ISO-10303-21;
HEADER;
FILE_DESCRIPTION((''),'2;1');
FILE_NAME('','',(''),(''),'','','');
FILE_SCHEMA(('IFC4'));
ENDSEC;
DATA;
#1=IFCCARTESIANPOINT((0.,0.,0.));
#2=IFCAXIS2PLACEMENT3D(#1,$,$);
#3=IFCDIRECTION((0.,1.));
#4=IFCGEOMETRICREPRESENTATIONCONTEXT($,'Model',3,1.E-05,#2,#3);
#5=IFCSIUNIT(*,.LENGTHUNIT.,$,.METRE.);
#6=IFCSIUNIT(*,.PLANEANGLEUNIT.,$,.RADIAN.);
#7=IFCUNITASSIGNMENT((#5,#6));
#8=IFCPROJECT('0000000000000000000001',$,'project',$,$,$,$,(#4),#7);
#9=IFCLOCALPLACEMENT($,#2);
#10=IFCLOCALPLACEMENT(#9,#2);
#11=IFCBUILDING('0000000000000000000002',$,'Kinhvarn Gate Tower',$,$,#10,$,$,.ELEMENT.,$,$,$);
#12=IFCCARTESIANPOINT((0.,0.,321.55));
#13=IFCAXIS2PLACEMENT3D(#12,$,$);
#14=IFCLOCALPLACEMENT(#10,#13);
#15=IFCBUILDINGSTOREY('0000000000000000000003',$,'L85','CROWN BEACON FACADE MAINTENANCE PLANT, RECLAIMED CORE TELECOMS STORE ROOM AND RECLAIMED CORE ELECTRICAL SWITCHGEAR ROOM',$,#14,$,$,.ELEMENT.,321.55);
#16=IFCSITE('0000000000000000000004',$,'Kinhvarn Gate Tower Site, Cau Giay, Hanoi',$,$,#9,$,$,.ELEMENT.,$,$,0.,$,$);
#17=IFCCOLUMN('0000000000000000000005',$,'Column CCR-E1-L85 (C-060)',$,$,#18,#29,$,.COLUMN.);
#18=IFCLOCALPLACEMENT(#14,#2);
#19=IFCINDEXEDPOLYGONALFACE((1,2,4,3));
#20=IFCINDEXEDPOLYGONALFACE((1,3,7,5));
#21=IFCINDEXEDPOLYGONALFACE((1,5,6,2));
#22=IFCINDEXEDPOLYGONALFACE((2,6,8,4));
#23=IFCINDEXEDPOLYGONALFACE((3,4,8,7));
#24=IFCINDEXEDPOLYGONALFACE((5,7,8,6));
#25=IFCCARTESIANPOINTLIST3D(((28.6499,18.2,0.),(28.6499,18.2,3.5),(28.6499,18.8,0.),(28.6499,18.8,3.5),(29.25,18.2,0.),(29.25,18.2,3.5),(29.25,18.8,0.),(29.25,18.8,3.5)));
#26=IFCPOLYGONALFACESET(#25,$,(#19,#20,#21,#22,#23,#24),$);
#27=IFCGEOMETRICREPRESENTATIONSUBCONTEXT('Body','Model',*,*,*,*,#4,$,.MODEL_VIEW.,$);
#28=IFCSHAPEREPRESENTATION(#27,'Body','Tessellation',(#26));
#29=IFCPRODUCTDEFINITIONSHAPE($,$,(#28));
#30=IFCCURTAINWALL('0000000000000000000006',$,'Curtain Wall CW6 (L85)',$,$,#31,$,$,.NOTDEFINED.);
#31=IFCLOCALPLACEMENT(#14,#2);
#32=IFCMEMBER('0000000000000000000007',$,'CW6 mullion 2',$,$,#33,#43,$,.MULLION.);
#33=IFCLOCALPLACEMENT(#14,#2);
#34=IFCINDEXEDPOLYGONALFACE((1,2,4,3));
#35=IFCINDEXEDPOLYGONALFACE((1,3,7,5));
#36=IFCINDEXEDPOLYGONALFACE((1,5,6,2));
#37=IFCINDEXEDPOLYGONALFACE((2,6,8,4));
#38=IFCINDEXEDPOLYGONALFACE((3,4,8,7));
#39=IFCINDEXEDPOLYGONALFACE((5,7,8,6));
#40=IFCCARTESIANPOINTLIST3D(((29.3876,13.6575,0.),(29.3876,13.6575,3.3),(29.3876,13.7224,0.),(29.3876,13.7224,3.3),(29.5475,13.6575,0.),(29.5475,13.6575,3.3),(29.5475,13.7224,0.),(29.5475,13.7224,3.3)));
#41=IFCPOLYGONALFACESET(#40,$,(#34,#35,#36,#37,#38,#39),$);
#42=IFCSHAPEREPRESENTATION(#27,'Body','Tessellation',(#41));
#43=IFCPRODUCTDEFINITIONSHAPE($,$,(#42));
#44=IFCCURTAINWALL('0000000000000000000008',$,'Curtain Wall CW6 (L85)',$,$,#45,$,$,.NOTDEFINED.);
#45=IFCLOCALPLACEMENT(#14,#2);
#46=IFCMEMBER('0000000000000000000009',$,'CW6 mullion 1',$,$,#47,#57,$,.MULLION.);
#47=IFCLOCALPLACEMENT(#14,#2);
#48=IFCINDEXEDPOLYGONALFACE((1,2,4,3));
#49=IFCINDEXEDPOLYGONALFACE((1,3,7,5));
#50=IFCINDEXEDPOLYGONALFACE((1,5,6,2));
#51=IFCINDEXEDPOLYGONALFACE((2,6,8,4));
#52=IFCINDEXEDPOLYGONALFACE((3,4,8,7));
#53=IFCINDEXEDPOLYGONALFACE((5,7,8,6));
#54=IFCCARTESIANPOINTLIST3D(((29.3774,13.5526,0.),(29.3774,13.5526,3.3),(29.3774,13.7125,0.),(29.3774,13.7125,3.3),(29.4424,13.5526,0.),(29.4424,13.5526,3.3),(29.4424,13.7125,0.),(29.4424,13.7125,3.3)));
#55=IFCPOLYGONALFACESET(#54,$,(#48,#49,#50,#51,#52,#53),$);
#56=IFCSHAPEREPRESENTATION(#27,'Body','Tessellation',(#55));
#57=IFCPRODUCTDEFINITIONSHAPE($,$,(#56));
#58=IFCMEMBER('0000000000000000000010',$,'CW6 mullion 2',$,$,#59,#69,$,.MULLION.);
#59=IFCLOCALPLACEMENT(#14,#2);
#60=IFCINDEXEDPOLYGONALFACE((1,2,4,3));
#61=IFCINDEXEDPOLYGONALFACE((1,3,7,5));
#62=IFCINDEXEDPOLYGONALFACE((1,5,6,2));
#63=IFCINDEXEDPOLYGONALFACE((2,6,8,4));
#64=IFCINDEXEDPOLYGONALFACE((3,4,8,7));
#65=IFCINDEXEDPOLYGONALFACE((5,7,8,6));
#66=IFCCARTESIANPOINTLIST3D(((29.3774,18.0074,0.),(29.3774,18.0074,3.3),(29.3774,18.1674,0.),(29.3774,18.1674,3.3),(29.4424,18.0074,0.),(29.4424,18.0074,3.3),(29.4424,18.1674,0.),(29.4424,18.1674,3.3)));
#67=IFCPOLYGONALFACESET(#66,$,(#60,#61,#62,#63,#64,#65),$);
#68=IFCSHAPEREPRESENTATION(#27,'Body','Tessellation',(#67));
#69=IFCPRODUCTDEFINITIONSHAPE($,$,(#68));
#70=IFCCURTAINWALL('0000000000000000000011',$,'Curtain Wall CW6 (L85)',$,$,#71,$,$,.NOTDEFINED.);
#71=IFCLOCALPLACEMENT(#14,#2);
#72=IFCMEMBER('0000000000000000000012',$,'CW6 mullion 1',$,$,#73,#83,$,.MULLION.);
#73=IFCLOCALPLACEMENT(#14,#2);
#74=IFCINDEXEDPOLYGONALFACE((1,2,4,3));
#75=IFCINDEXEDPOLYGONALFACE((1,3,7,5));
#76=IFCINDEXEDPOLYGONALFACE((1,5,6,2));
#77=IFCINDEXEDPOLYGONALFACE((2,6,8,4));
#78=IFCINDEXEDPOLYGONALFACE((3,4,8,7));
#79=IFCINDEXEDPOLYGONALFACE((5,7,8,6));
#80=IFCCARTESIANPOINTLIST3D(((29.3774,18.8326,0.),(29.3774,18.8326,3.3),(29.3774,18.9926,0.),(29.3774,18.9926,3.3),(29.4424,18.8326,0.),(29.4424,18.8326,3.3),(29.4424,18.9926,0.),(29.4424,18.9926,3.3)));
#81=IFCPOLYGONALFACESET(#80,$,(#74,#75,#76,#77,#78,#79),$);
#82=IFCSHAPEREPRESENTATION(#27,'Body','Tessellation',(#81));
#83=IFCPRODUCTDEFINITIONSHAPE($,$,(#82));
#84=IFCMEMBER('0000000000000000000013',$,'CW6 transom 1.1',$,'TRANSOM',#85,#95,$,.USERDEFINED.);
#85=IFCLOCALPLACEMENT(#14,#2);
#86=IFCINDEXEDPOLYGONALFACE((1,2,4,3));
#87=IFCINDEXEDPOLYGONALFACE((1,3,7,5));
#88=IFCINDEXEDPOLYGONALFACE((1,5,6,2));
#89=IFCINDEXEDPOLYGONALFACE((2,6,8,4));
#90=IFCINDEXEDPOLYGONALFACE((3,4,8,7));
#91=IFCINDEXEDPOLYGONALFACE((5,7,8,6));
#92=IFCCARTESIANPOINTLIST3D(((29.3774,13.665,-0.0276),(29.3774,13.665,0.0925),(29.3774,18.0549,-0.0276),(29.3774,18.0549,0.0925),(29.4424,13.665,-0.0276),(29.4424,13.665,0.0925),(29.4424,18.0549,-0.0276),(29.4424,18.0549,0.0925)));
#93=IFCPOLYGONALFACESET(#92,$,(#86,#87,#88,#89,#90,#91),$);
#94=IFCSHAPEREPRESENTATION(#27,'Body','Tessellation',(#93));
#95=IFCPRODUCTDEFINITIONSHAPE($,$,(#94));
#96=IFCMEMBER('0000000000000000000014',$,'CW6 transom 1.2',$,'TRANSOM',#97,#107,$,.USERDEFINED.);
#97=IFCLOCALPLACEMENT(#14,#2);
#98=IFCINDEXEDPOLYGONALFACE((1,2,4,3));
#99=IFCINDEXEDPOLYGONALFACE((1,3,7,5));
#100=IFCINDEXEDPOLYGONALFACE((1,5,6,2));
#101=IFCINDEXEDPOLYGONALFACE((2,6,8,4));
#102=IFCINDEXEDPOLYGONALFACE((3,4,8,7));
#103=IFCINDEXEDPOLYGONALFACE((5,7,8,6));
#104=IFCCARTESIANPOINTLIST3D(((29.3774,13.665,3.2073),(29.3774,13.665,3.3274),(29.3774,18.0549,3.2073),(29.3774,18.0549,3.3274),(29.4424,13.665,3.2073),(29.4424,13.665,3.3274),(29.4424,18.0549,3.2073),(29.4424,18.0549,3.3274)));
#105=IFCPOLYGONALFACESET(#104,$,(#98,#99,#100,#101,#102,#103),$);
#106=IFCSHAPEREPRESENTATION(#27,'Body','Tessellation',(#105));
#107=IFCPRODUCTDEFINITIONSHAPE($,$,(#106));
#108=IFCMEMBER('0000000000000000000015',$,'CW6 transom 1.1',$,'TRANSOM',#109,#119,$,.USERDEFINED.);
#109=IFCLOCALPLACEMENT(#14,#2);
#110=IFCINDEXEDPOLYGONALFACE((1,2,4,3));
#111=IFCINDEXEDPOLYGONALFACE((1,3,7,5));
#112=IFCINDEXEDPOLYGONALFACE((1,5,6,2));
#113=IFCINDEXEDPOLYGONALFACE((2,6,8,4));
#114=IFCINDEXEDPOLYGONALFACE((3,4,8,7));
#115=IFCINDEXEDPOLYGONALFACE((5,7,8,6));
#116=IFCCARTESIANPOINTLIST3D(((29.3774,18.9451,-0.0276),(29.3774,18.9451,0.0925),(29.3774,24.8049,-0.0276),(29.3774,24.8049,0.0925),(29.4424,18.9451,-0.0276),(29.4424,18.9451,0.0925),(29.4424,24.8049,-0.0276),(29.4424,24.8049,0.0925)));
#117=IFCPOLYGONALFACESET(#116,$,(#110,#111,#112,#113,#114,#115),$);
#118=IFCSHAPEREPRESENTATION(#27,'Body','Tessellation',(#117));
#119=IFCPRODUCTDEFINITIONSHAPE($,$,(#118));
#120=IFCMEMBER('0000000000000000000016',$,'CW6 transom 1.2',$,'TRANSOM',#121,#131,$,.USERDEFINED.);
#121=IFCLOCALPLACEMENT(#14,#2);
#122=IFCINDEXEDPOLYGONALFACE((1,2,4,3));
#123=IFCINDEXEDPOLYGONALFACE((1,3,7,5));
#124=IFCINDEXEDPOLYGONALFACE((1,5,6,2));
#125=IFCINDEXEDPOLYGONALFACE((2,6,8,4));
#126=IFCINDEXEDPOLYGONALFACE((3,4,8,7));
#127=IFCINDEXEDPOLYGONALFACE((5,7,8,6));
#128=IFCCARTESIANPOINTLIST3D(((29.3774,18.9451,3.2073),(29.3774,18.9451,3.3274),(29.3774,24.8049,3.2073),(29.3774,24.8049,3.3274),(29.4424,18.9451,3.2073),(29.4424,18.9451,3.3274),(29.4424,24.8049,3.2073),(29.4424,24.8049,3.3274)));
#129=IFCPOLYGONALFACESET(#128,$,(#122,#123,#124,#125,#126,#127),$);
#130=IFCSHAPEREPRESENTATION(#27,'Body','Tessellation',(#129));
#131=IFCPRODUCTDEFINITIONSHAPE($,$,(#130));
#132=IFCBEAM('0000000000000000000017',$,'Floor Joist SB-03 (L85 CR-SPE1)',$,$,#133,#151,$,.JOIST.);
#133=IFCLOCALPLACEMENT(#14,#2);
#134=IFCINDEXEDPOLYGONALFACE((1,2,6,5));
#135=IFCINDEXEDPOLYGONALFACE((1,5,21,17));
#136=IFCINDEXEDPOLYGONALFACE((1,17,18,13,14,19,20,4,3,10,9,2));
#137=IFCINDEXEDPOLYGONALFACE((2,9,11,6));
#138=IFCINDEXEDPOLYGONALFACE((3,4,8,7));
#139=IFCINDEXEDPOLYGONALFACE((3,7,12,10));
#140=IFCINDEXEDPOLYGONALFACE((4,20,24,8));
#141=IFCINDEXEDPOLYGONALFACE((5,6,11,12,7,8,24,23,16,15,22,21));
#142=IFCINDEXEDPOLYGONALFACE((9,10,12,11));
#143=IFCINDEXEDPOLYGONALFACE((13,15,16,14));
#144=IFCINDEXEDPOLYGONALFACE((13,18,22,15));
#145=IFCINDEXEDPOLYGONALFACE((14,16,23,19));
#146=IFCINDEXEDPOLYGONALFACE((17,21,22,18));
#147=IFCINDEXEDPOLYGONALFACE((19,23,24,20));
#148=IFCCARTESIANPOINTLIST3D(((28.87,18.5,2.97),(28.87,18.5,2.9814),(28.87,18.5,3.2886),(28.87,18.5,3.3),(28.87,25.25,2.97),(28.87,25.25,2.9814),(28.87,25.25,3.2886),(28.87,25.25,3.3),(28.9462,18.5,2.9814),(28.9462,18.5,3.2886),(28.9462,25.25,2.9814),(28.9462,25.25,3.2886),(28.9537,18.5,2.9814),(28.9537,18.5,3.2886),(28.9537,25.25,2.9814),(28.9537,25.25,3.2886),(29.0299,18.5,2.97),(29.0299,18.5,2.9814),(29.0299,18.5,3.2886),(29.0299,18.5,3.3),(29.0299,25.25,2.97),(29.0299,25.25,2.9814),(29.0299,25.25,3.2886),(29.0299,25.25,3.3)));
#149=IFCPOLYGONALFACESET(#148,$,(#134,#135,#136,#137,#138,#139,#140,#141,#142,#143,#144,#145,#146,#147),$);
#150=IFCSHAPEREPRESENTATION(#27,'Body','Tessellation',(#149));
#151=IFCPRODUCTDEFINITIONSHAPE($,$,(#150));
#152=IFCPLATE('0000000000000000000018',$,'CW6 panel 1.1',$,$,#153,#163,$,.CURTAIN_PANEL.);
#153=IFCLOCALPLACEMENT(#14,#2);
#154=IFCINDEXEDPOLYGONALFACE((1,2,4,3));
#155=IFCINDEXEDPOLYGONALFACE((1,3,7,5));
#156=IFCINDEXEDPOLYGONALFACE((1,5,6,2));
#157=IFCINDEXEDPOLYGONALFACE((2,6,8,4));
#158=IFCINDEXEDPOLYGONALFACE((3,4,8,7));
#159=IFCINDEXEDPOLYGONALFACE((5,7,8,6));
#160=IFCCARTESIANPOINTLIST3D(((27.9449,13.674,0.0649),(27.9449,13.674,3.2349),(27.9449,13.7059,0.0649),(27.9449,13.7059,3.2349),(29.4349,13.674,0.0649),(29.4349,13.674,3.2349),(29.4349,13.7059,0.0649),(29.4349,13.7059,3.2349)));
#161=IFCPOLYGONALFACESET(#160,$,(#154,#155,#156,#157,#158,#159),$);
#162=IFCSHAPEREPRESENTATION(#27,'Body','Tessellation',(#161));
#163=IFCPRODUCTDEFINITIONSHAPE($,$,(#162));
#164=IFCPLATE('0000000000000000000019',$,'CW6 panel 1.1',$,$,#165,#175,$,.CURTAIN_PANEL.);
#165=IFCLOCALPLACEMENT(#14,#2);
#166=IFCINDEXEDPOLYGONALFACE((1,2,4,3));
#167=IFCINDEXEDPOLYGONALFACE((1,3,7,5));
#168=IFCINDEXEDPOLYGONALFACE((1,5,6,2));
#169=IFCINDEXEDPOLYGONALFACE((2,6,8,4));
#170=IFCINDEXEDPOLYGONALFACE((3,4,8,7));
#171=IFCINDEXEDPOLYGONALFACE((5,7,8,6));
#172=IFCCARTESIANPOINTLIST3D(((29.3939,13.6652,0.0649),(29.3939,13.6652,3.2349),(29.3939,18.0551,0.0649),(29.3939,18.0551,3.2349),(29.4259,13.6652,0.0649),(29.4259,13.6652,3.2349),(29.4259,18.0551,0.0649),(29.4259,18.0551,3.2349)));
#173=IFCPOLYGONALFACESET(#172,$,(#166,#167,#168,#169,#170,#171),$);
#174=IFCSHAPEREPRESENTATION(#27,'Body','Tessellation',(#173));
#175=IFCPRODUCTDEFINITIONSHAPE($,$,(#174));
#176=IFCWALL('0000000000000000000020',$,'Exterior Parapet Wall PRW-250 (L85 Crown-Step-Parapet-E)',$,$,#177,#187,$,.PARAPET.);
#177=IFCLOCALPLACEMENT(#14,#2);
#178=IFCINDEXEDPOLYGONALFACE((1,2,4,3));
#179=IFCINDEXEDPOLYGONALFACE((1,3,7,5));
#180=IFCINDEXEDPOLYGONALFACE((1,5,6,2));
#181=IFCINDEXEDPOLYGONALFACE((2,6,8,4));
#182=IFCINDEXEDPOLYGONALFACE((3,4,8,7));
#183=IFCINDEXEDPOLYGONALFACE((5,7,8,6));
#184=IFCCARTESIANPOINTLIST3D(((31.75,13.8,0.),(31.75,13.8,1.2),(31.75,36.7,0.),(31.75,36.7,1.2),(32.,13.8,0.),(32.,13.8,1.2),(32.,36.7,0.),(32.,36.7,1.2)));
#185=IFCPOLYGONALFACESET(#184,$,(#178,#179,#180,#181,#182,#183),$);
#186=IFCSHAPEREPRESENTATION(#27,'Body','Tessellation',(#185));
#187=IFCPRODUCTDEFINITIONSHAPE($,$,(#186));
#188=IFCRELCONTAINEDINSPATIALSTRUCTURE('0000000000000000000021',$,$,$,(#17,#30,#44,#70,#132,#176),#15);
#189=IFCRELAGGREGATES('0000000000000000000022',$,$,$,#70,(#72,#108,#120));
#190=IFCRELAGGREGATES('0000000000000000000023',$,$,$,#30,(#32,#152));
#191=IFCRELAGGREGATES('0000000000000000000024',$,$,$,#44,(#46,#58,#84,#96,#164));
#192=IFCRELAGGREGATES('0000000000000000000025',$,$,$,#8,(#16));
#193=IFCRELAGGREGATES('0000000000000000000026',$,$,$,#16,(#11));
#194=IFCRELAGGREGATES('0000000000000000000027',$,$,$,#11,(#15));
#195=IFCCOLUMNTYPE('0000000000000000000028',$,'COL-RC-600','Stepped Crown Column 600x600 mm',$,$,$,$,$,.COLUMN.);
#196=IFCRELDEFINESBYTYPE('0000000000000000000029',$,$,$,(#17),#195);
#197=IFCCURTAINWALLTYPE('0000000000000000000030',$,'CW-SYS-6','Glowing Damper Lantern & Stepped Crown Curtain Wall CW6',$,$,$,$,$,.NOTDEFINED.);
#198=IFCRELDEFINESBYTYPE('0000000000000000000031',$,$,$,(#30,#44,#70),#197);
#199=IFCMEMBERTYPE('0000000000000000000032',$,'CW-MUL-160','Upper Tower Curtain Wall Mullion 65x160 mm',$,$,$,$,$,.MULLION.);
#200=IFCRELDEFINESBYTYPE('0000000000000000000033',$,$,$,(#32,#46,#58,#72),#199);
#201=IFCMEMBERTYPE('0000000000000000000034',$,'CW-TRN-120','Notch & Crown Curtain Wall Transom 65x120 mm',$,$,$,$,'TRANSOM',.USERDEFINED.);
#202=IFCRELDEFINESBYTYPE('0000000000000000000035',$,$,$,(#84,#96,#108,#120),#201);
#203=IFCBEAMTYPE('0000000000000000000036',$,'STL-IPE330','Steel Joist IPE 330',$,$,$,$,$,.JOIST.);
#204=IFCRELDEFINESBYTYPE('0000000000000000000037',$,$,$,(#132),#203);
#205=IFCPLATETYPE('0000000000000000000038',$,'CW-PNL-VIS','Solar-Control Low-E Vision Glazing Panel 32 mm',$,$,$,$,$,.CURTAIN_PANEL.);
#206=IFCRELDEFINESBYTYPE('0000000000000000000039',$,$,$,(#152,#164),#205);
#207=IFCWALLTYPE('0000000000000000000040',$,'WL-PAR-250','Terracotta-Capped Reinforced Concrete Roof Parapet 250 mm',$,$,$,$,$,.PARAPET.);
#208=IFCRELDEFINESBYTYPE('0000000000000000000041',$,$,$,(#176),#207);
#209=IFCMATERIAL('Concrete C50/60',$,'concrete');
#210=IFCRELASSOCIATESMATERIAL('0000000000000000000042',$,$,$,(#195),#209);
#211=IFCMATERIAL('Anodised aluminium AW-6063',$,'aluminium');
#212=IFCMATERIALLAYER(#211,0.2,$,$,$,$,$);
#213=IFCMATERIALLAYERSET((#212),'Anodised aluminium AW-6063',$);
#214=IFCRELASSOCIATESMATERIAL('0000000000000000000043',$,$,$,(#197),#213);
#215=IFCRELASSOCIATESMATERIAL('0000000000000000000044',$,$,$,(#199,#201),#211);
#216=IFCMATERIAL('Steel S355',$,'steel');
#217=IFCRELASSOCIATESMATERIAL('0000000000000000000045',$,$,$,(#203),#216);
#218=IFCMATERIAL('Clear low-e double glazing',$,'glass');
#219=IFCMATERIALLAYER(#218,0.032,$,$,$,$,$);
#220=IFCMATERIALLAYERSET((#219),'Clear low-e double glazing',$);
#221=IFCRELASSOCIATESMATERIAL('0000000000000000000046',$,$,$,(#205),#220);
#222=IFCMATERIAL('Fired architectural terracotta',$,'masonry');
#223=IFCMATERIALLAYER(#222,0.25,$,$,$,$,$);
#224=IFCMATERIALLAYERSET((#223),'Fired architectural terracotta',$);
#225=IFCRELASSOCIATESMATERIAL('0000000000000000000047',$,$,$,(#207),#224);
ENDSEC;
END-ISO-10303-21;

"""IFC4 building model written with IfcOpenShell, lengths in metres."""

from ifc_helpers import new_model, si_unit, direction, frame, frame_2d, origin, origin_2d, place, context, subcontext, project, spatial, rectangle, i_section, extrude, material, layer, layer_set, material_profile, profile_set, type_object, element, aggregate, save


model = new_model("IFC4")

# Units and contexts
model_context = context("Model", 3, precision=1e-05, world=origin(), true_north=direction((0.0, 1.0)))
body_context = subcontext(model_context, "Body", "Model", "MODEL_VIEW")
ifc_project = project(units=[si_unit("LENGTHUNIT", "METRE"), si_unit("PLANEANGLEUNIT", "RADIAN")], contexts=[model_context])

# Site, building, storey
site_placement = place(None, origin())
site = spatial("IfcSite", under=ifc_project, at=site_placement, Name="Kinhvarn Gate Tower Site, Cau Giay, Hanoi", CompositionType="ELEMENT", RefElevation=0.0)
building_placement = place(site_placement, origin())
building = spatial("IfcBuilding", under=site, at=building_placement, Name="Kinhvarn Gate Tower", CompositionType="ELEMENT")
storey_placement = place(building_placement, frame((0.0, 0.0, 321.55)))
storey = spatial("IfcBuildingStorey", under=building, at=storey_placement, Name="L85", Description="CROWN BEACON FACADE MAINTENANCE PLANT, RECLAIMED CORE TELECOMS STORE ROOM AND RECLAIMED CORE ELECTRICAL SWITCHGEAR ROOM", CompositionType="ELEMENT", Elevation=321.55)

# Column
ifc_material_1 = material(Name="Concrete C50/60", Category="concrete")
ifc_material_profile_1 = material_profile(ifc_material_1, rectangle(XDim=0.6001, YDim=0.6001, at=origin_2d()), Name="RC 600x600")
ifc_profile_set_1 = profile_set([ifc_material_profile_1], Name="Concrete C50/60")
column_type = type_object("IfcColumnType", Name="COL-RC-600", Description="Stepped Crown Column 600x600 mm", PredefinedType="COLUMN", material=ifc_profile_set_1)
column_placement = place(storey_placement, frame((28.95, 18.5, 0.0), z_axis=(0.0, 0.0, 1.0), x_axis=(1.0, 0.0, 0.0)))
element("IfcColumn", 1, at=column_placement, inside=storey, type_object=column_type, Name="Column CCR-E1-L85 (C-060)", PredefinedType="COLUMN", context=body_context, shape_type="SweptSolid", body=[
    extrude(rectangle(XDim=0.6001, YDim=0.6001, at=origin_2d()), origin(), (0.0, 0.0, 1.0), 3.5),
])

# Curtain wall, member
ifc_material_2 = material(Name="Anodised aluminium AW-6063", Category="aluminium")
ifc_layer_1 = layer(ifc_material_2, 0.2)
ifc_layer_set_1 = layer_set([ifc_layer_1], Name="Anodised aluminium AW-6063")
curtain_wall_type = type_object("IfcCurtainWallType", Name="CW-SYS-6", Description="Glowing Damper Lantern & Stepped Crown Curtain Wall CW6", PredefinedType="NOTDEFINED", material=ifc_layer_set_1)
curtain_wall_1_placement = place(storey_placement, origin())
curtain_wall_1 = element("IfcCurtainWall", 2, at=curtain_wall_1_placement, inside=storey, type_object=curtain_wall_type, Name="Curtain Wall CW6 (L85)", PredefinedType="NOTDEFINED")
ifc_material_profile_2 = material_profile(ifc_material_2, rectangle(XDim=0.0649, YDim=0.1599, at=origin_2d()), Name="ALU 65x160")
ifc_profile_set_2 = profile_set([ifc_material_profile_2], Name="Anodised aluminium AW-6063")
member_type_1 = type_object("IfcMemberType", Name="CW-MUL-160", Description="Upper Tower Curtain Wall Mullion 65x160 mm", PredefinedType="MULLION", material=ifc_profile_set_2)
member_1_placement = place(storey_placement, frame((29.4675, 13.6899, 0.0), z_axis=(0.0, 0.0, 1.0), x_axis=(0.0, 1.0, 0.0)))
member_1 = element("IfcMember", 3, at=member_1_placement, type_object=member_type_1, Name="CW6 mullion 2", PredefinedType="MULLION", context=body_context, shape_type="SweptSolid", body=[
    extrude(rectangle(XDim=0.0649, YDim=0.1599, at=origin_2d()), origin(), (0.0, 0.0, 1.0), 3.3),
])

# Curtain wall, members
curtain_wall_2_placement = place(storey_placement, origin())
curtain_wall_2 = element("IfcCurtainWall", 4, at=curtain_wall_2_placement, inside=storey, type_object=curtain_wall_type, Name="Curtain Wall CW6 (L85)", PredefinedType="NOTDEFINED")
member_2_placement = place(storey_placement, frame((29.4099, 13.6326, 0.0), z_axis=(0.0, 0.0, 1.0), x_axis=(-1.0, 0.0, 0.0)))
member_2 = element("IfcMember", 5, at=member_2_placement, type_object=member_type_1, Name="CW6 mullion 1", PredefinedType="MULLION", context=body_context, shape_type="SweptSolid", body=[
    extrude(rectangle(XDim=0.0649, YDim=0.1599, at=origin_2d()), origin(), (0.0, 0.0, 1.0), 3.3),
])
member_3_placement = place(storey_placement, frame((29.4099, 18.0874, 0.0), z_axis=(0.0, 0.0, 1.0), x_axis=(-1.0, 0.0, 0.0)))
member_3 = element("IfcMember", 6, at=member_3_placement, type_object=member_type_1, Name="CW6 mullion 2", PredefinedType="MULLION", context=body_context, shape_type="SweptSolid", body=[
    extrude(rectangle(XDim=0.0649, YDim=0.1599, at=origin_2d()), origin(), (0.0, 0.0, 1.0), 3.3),
])

# Curtain wall, member
curtain_wall_3_placement = place(storey_placement, origin())
curtain_wall_3 = element("IfcCurtainWall", 7, at=curtain_wall_3_placement, inside=storey, type_object=curtain_wall_type, Name="Curtain Wall CW6 (L85)", PredefinedType="NOTDEFINED")
member_4_placement = place(storey_placement, frame((29.4099, 18.9126, 0.0), z_axis=(0.0, 0.0, 1.0), x_axis=(-1.0, 0.0, 0.0)))
member_4 = element("IfcMember", 8, at=member_4_placement, type_object=member_type_1, Name="CW6 mullion 1", PredefinedType="MULLION", context=body_context, shape_type="SweptSolid", body=[
    extrude(rectangle(XDim=0.0649, YDim=0.1599, at=origin_2d()), origin(), (0.0, 0.0, 1.0), 3.3),
])

# Members
ifc_material_profile_3 = material_profile(ifc_material_2, rectangle(XDim=0.0649, YDim=0.1201, at=origin_2d()), Name="ALU 65x120")
ifc_profile_set_3 = profile_set([ifc_material_profile_3], Name="Anodised aluminium AW-6063")
member_type_2 = type_object("IfcMemberType", Name="CW-TRN-120", Description="Notch & Crown Curtain Wall Transom 65x120 mm", ElementType="TRANSOM", PredefinedType="USERDEFINED", material=ifc_profile_set_3)
member_5_placement = place(storey_placement, frame((29.4099, 13.665, 0.0325), z_axis=(0.0, 1.0, 0.0), x_axis=(-1.0, 0.0, 0.0)))
member_5 = element("IfcMember", 9, at=member_5_placement, type_object=member_type_2, Name="CW6 transom 1.1", ObjectType="TRANSOM", PredefinedType="USERDEFINED", context=body_context, shape_type="SweptSolid", body=[
    extrude(rectangle(XDim=0.0649, YDim=0.1201, at=origin_2d()), origin(), (0.0, 0.0, 1.0), 4.3899),
])
member_6_placement = place(storey_placement, frame((29.4099, 13.665, 3.2673), z_axis=(0.0, 1.0, 0.0), x_axis=(-1.0, 0.0, 0.0)))
member_6 = element("IfcMember", 10, at=member_6_placement, type_object=member_type_2, Name="CW6 transom 1.2", ObjectType="TRANSOM", PredefinedType="USERDEFINED", context=body_context, shape_type="SweptSolid", body=[
    extrude(rectangle(XDim=0.0649, YDim=0.1201, at=origin_2d()), origin(), (0.0, 0.0, 1.0), 4.3899),
])
member_7_placement = place(storey_placement, frame((29.4099, 18.9451, 0.0325), z_axis=(0.0, 1.0, 0.0), x_axis=(-1.0, 0.0, 0.0)))
member_7 = element("IfcMember", 11, at=member_7_placement, type_object=member_type_2, Name="CW6 transom 1.1", ObjectType="TRANSOM", PredefinedType="USERDEFINED", context=body_context, shape_type="SweptSolid", body=[
    extrude(rectangle(XDim=0.0649, YDim=0.1201, at=origin_2d()), origin(), (0.0, 0.0, 1.0), 5.8599),
])
member_8_placement = place(storey_placement, frame((29.4099, 18.9451, 3.2673), z_axis=(0.0, 1.0, 0.0), x_axis=(-1.0, 0.0, 0.0)))
member_8 = element("IfcMember", 12, at=member_8_placement, type_object=member_type_2, Name="CW6 transom 1.2", ObjectType="TRANSOM", PredefinedType="USERDEFINED", context=body_context, shape_type="SweptSolid", body=[
    extrude(rectangle(XDim=0.0649, YDim=0.1201, at=origin_2d()), origin(), (0.0, 0.0, 1.0), 5.8599),
])
aggregate(curtain_wall_3, [member_4, member_7, member_8])

# Beam
ifc_material_3 = material(Name="Steel S355", Category="steel")
ifc_material_profile_4 = material_profile(ifc_material_3, i_section(OverallWidth=0.1599, OverallDepth=0.3301, WebThickness=0.0076, FlangeThickness=0.0115, at=origin_2d()), Name="IPE 330")
ifc_profile_set_4 = profile_set([ifc_material_profile_4], Name="Steel S355")
beam_type = type_object("IfcBeamType", Name="STL-IPE330", Description="Steel Joist IPE 330", PredefinedType="JOIST", material=ifc_profile_set_4)
beam_placement = place(storey_placement, frame((28.95, 18.5, 3.135), z_axis=(0.0, 1.0, 0.0), x_axis=(-1.0, 0.0, 0.0)))
element("IfcBeam", 13, at=beam_placement, inside=storey, type_object=beam_type, Name="Floor Joist SB-03 (L85 CR-SPE1)", PredefinedType="JOIST", context=body_context, shape_type="SweptSolid", body=[
    extrude(i_section(OverallWidth=0.1599, OverallDepth=0.3301, WebThickness=0.0076, FlangeThickness=0.0115, at=origin_2d()), origin(), (0.0, 0.0, 1.0), 6.75),
])

# Plates
ifc_material_4 = material(Name="Clear low-e double glazing", Category="glass")
ifc_layer_2 = layer(ifc_material_4, 0.032)
ifc_layer_set_2 = layer_set([ifc_layer_2], Name="Clear low-e double glazing")
plate_type = type_object("IfcPlateType", Name="CW-PNL-VIS", Description="Solar-Control Low-E Vision Glazing Panel 32 mm", PredefinedType="CURTAIN_PANEL", material=ifc_layer_set_2)
plate_1_placement = place(storey_placement, frame((28.6899, 13.6899, 0.0649), z_axis=(0.0, 0.0, 1.0), x_axis=(1.0, 0.0, 0.0)))
plate_1 = element("IfcPlate", 14, at=plate_1_placement, type_object=plate_type, Name="CW6 panel 1.1", PredefinedType="CURTAIN_PANEL", context=body_context, shape_type="SweptSolid", body=[
    extrude(rectangle(XDim=1.49, YDim=0.032, at=origin_2d()), origin(), (0.0, 0.0, 1.0), 3.1699),
])
aggregate(curtain_wall_1, [member_1, plate_1])
plate_2_placement = place(storey_placement, frame((29.4099, 15.8601, 0.0649), z_axis=(0.0, 0.0, 1.0), x_axis=(0.0, 1.0, 0.0)))
plate_2 = element("IfcPlate", 15, at=plate_2_placement, type_object=plate_type, Name="CW6 panel 1.1", PredefinedType="CURTAIN_PANEL", context=body_context, shape_type="SweptSolid", body=[
    extrude(rectangle(XDim=4.3899, YDim=0.032, at=origin_2d()), origin(), (0.0, 0.0, 1.0), 3.1699),
])
aggregate(curtain_wall_2, [member_2, member_3, member_5, member_6, plate_2])

# Wall
ifc_material_5 = material(Name="Fired architectural terracotta", Category="masonry")
ifc_layer_3 = layer(ifc_material_5, 0.25)
ifc_layer_set_3 = layer_set([ifc_layer_3], Name="Fired architectural terracotta")
wall_type = type_object("IfcWallType", Name="WL-PAR-250", Description="Terracotta-Capped Reinforced Concrete Roof Parapet 250 mm", PredefinedType="PARAPET", material=ifc_layer_set_3)
wall_1_placement = place(storey_placement, frame((31.875, 13.8, 0.0), z_axis=(0.0, 0.0, 1.0), x_axis=(0.0, 1.0, 0.0)))
element("IfcWall", 16, at=wall_1_placement, inside=storey, type_object=wall_type, Name="Exterior Parapet Wall PRW-250 (L85 Crown-Step-Parapet-E)", PredefinedType="PARAPET", context=body_context, shape_type="SweptSolid", body=[
    extrude(rectangle(XDim=22.8999, YDim=0.25, at=frame_2d((11.45, 0.0))), origin(), (0.0, 0.0, 1.0), 1.2),
])

save(model, "model.ifc")
